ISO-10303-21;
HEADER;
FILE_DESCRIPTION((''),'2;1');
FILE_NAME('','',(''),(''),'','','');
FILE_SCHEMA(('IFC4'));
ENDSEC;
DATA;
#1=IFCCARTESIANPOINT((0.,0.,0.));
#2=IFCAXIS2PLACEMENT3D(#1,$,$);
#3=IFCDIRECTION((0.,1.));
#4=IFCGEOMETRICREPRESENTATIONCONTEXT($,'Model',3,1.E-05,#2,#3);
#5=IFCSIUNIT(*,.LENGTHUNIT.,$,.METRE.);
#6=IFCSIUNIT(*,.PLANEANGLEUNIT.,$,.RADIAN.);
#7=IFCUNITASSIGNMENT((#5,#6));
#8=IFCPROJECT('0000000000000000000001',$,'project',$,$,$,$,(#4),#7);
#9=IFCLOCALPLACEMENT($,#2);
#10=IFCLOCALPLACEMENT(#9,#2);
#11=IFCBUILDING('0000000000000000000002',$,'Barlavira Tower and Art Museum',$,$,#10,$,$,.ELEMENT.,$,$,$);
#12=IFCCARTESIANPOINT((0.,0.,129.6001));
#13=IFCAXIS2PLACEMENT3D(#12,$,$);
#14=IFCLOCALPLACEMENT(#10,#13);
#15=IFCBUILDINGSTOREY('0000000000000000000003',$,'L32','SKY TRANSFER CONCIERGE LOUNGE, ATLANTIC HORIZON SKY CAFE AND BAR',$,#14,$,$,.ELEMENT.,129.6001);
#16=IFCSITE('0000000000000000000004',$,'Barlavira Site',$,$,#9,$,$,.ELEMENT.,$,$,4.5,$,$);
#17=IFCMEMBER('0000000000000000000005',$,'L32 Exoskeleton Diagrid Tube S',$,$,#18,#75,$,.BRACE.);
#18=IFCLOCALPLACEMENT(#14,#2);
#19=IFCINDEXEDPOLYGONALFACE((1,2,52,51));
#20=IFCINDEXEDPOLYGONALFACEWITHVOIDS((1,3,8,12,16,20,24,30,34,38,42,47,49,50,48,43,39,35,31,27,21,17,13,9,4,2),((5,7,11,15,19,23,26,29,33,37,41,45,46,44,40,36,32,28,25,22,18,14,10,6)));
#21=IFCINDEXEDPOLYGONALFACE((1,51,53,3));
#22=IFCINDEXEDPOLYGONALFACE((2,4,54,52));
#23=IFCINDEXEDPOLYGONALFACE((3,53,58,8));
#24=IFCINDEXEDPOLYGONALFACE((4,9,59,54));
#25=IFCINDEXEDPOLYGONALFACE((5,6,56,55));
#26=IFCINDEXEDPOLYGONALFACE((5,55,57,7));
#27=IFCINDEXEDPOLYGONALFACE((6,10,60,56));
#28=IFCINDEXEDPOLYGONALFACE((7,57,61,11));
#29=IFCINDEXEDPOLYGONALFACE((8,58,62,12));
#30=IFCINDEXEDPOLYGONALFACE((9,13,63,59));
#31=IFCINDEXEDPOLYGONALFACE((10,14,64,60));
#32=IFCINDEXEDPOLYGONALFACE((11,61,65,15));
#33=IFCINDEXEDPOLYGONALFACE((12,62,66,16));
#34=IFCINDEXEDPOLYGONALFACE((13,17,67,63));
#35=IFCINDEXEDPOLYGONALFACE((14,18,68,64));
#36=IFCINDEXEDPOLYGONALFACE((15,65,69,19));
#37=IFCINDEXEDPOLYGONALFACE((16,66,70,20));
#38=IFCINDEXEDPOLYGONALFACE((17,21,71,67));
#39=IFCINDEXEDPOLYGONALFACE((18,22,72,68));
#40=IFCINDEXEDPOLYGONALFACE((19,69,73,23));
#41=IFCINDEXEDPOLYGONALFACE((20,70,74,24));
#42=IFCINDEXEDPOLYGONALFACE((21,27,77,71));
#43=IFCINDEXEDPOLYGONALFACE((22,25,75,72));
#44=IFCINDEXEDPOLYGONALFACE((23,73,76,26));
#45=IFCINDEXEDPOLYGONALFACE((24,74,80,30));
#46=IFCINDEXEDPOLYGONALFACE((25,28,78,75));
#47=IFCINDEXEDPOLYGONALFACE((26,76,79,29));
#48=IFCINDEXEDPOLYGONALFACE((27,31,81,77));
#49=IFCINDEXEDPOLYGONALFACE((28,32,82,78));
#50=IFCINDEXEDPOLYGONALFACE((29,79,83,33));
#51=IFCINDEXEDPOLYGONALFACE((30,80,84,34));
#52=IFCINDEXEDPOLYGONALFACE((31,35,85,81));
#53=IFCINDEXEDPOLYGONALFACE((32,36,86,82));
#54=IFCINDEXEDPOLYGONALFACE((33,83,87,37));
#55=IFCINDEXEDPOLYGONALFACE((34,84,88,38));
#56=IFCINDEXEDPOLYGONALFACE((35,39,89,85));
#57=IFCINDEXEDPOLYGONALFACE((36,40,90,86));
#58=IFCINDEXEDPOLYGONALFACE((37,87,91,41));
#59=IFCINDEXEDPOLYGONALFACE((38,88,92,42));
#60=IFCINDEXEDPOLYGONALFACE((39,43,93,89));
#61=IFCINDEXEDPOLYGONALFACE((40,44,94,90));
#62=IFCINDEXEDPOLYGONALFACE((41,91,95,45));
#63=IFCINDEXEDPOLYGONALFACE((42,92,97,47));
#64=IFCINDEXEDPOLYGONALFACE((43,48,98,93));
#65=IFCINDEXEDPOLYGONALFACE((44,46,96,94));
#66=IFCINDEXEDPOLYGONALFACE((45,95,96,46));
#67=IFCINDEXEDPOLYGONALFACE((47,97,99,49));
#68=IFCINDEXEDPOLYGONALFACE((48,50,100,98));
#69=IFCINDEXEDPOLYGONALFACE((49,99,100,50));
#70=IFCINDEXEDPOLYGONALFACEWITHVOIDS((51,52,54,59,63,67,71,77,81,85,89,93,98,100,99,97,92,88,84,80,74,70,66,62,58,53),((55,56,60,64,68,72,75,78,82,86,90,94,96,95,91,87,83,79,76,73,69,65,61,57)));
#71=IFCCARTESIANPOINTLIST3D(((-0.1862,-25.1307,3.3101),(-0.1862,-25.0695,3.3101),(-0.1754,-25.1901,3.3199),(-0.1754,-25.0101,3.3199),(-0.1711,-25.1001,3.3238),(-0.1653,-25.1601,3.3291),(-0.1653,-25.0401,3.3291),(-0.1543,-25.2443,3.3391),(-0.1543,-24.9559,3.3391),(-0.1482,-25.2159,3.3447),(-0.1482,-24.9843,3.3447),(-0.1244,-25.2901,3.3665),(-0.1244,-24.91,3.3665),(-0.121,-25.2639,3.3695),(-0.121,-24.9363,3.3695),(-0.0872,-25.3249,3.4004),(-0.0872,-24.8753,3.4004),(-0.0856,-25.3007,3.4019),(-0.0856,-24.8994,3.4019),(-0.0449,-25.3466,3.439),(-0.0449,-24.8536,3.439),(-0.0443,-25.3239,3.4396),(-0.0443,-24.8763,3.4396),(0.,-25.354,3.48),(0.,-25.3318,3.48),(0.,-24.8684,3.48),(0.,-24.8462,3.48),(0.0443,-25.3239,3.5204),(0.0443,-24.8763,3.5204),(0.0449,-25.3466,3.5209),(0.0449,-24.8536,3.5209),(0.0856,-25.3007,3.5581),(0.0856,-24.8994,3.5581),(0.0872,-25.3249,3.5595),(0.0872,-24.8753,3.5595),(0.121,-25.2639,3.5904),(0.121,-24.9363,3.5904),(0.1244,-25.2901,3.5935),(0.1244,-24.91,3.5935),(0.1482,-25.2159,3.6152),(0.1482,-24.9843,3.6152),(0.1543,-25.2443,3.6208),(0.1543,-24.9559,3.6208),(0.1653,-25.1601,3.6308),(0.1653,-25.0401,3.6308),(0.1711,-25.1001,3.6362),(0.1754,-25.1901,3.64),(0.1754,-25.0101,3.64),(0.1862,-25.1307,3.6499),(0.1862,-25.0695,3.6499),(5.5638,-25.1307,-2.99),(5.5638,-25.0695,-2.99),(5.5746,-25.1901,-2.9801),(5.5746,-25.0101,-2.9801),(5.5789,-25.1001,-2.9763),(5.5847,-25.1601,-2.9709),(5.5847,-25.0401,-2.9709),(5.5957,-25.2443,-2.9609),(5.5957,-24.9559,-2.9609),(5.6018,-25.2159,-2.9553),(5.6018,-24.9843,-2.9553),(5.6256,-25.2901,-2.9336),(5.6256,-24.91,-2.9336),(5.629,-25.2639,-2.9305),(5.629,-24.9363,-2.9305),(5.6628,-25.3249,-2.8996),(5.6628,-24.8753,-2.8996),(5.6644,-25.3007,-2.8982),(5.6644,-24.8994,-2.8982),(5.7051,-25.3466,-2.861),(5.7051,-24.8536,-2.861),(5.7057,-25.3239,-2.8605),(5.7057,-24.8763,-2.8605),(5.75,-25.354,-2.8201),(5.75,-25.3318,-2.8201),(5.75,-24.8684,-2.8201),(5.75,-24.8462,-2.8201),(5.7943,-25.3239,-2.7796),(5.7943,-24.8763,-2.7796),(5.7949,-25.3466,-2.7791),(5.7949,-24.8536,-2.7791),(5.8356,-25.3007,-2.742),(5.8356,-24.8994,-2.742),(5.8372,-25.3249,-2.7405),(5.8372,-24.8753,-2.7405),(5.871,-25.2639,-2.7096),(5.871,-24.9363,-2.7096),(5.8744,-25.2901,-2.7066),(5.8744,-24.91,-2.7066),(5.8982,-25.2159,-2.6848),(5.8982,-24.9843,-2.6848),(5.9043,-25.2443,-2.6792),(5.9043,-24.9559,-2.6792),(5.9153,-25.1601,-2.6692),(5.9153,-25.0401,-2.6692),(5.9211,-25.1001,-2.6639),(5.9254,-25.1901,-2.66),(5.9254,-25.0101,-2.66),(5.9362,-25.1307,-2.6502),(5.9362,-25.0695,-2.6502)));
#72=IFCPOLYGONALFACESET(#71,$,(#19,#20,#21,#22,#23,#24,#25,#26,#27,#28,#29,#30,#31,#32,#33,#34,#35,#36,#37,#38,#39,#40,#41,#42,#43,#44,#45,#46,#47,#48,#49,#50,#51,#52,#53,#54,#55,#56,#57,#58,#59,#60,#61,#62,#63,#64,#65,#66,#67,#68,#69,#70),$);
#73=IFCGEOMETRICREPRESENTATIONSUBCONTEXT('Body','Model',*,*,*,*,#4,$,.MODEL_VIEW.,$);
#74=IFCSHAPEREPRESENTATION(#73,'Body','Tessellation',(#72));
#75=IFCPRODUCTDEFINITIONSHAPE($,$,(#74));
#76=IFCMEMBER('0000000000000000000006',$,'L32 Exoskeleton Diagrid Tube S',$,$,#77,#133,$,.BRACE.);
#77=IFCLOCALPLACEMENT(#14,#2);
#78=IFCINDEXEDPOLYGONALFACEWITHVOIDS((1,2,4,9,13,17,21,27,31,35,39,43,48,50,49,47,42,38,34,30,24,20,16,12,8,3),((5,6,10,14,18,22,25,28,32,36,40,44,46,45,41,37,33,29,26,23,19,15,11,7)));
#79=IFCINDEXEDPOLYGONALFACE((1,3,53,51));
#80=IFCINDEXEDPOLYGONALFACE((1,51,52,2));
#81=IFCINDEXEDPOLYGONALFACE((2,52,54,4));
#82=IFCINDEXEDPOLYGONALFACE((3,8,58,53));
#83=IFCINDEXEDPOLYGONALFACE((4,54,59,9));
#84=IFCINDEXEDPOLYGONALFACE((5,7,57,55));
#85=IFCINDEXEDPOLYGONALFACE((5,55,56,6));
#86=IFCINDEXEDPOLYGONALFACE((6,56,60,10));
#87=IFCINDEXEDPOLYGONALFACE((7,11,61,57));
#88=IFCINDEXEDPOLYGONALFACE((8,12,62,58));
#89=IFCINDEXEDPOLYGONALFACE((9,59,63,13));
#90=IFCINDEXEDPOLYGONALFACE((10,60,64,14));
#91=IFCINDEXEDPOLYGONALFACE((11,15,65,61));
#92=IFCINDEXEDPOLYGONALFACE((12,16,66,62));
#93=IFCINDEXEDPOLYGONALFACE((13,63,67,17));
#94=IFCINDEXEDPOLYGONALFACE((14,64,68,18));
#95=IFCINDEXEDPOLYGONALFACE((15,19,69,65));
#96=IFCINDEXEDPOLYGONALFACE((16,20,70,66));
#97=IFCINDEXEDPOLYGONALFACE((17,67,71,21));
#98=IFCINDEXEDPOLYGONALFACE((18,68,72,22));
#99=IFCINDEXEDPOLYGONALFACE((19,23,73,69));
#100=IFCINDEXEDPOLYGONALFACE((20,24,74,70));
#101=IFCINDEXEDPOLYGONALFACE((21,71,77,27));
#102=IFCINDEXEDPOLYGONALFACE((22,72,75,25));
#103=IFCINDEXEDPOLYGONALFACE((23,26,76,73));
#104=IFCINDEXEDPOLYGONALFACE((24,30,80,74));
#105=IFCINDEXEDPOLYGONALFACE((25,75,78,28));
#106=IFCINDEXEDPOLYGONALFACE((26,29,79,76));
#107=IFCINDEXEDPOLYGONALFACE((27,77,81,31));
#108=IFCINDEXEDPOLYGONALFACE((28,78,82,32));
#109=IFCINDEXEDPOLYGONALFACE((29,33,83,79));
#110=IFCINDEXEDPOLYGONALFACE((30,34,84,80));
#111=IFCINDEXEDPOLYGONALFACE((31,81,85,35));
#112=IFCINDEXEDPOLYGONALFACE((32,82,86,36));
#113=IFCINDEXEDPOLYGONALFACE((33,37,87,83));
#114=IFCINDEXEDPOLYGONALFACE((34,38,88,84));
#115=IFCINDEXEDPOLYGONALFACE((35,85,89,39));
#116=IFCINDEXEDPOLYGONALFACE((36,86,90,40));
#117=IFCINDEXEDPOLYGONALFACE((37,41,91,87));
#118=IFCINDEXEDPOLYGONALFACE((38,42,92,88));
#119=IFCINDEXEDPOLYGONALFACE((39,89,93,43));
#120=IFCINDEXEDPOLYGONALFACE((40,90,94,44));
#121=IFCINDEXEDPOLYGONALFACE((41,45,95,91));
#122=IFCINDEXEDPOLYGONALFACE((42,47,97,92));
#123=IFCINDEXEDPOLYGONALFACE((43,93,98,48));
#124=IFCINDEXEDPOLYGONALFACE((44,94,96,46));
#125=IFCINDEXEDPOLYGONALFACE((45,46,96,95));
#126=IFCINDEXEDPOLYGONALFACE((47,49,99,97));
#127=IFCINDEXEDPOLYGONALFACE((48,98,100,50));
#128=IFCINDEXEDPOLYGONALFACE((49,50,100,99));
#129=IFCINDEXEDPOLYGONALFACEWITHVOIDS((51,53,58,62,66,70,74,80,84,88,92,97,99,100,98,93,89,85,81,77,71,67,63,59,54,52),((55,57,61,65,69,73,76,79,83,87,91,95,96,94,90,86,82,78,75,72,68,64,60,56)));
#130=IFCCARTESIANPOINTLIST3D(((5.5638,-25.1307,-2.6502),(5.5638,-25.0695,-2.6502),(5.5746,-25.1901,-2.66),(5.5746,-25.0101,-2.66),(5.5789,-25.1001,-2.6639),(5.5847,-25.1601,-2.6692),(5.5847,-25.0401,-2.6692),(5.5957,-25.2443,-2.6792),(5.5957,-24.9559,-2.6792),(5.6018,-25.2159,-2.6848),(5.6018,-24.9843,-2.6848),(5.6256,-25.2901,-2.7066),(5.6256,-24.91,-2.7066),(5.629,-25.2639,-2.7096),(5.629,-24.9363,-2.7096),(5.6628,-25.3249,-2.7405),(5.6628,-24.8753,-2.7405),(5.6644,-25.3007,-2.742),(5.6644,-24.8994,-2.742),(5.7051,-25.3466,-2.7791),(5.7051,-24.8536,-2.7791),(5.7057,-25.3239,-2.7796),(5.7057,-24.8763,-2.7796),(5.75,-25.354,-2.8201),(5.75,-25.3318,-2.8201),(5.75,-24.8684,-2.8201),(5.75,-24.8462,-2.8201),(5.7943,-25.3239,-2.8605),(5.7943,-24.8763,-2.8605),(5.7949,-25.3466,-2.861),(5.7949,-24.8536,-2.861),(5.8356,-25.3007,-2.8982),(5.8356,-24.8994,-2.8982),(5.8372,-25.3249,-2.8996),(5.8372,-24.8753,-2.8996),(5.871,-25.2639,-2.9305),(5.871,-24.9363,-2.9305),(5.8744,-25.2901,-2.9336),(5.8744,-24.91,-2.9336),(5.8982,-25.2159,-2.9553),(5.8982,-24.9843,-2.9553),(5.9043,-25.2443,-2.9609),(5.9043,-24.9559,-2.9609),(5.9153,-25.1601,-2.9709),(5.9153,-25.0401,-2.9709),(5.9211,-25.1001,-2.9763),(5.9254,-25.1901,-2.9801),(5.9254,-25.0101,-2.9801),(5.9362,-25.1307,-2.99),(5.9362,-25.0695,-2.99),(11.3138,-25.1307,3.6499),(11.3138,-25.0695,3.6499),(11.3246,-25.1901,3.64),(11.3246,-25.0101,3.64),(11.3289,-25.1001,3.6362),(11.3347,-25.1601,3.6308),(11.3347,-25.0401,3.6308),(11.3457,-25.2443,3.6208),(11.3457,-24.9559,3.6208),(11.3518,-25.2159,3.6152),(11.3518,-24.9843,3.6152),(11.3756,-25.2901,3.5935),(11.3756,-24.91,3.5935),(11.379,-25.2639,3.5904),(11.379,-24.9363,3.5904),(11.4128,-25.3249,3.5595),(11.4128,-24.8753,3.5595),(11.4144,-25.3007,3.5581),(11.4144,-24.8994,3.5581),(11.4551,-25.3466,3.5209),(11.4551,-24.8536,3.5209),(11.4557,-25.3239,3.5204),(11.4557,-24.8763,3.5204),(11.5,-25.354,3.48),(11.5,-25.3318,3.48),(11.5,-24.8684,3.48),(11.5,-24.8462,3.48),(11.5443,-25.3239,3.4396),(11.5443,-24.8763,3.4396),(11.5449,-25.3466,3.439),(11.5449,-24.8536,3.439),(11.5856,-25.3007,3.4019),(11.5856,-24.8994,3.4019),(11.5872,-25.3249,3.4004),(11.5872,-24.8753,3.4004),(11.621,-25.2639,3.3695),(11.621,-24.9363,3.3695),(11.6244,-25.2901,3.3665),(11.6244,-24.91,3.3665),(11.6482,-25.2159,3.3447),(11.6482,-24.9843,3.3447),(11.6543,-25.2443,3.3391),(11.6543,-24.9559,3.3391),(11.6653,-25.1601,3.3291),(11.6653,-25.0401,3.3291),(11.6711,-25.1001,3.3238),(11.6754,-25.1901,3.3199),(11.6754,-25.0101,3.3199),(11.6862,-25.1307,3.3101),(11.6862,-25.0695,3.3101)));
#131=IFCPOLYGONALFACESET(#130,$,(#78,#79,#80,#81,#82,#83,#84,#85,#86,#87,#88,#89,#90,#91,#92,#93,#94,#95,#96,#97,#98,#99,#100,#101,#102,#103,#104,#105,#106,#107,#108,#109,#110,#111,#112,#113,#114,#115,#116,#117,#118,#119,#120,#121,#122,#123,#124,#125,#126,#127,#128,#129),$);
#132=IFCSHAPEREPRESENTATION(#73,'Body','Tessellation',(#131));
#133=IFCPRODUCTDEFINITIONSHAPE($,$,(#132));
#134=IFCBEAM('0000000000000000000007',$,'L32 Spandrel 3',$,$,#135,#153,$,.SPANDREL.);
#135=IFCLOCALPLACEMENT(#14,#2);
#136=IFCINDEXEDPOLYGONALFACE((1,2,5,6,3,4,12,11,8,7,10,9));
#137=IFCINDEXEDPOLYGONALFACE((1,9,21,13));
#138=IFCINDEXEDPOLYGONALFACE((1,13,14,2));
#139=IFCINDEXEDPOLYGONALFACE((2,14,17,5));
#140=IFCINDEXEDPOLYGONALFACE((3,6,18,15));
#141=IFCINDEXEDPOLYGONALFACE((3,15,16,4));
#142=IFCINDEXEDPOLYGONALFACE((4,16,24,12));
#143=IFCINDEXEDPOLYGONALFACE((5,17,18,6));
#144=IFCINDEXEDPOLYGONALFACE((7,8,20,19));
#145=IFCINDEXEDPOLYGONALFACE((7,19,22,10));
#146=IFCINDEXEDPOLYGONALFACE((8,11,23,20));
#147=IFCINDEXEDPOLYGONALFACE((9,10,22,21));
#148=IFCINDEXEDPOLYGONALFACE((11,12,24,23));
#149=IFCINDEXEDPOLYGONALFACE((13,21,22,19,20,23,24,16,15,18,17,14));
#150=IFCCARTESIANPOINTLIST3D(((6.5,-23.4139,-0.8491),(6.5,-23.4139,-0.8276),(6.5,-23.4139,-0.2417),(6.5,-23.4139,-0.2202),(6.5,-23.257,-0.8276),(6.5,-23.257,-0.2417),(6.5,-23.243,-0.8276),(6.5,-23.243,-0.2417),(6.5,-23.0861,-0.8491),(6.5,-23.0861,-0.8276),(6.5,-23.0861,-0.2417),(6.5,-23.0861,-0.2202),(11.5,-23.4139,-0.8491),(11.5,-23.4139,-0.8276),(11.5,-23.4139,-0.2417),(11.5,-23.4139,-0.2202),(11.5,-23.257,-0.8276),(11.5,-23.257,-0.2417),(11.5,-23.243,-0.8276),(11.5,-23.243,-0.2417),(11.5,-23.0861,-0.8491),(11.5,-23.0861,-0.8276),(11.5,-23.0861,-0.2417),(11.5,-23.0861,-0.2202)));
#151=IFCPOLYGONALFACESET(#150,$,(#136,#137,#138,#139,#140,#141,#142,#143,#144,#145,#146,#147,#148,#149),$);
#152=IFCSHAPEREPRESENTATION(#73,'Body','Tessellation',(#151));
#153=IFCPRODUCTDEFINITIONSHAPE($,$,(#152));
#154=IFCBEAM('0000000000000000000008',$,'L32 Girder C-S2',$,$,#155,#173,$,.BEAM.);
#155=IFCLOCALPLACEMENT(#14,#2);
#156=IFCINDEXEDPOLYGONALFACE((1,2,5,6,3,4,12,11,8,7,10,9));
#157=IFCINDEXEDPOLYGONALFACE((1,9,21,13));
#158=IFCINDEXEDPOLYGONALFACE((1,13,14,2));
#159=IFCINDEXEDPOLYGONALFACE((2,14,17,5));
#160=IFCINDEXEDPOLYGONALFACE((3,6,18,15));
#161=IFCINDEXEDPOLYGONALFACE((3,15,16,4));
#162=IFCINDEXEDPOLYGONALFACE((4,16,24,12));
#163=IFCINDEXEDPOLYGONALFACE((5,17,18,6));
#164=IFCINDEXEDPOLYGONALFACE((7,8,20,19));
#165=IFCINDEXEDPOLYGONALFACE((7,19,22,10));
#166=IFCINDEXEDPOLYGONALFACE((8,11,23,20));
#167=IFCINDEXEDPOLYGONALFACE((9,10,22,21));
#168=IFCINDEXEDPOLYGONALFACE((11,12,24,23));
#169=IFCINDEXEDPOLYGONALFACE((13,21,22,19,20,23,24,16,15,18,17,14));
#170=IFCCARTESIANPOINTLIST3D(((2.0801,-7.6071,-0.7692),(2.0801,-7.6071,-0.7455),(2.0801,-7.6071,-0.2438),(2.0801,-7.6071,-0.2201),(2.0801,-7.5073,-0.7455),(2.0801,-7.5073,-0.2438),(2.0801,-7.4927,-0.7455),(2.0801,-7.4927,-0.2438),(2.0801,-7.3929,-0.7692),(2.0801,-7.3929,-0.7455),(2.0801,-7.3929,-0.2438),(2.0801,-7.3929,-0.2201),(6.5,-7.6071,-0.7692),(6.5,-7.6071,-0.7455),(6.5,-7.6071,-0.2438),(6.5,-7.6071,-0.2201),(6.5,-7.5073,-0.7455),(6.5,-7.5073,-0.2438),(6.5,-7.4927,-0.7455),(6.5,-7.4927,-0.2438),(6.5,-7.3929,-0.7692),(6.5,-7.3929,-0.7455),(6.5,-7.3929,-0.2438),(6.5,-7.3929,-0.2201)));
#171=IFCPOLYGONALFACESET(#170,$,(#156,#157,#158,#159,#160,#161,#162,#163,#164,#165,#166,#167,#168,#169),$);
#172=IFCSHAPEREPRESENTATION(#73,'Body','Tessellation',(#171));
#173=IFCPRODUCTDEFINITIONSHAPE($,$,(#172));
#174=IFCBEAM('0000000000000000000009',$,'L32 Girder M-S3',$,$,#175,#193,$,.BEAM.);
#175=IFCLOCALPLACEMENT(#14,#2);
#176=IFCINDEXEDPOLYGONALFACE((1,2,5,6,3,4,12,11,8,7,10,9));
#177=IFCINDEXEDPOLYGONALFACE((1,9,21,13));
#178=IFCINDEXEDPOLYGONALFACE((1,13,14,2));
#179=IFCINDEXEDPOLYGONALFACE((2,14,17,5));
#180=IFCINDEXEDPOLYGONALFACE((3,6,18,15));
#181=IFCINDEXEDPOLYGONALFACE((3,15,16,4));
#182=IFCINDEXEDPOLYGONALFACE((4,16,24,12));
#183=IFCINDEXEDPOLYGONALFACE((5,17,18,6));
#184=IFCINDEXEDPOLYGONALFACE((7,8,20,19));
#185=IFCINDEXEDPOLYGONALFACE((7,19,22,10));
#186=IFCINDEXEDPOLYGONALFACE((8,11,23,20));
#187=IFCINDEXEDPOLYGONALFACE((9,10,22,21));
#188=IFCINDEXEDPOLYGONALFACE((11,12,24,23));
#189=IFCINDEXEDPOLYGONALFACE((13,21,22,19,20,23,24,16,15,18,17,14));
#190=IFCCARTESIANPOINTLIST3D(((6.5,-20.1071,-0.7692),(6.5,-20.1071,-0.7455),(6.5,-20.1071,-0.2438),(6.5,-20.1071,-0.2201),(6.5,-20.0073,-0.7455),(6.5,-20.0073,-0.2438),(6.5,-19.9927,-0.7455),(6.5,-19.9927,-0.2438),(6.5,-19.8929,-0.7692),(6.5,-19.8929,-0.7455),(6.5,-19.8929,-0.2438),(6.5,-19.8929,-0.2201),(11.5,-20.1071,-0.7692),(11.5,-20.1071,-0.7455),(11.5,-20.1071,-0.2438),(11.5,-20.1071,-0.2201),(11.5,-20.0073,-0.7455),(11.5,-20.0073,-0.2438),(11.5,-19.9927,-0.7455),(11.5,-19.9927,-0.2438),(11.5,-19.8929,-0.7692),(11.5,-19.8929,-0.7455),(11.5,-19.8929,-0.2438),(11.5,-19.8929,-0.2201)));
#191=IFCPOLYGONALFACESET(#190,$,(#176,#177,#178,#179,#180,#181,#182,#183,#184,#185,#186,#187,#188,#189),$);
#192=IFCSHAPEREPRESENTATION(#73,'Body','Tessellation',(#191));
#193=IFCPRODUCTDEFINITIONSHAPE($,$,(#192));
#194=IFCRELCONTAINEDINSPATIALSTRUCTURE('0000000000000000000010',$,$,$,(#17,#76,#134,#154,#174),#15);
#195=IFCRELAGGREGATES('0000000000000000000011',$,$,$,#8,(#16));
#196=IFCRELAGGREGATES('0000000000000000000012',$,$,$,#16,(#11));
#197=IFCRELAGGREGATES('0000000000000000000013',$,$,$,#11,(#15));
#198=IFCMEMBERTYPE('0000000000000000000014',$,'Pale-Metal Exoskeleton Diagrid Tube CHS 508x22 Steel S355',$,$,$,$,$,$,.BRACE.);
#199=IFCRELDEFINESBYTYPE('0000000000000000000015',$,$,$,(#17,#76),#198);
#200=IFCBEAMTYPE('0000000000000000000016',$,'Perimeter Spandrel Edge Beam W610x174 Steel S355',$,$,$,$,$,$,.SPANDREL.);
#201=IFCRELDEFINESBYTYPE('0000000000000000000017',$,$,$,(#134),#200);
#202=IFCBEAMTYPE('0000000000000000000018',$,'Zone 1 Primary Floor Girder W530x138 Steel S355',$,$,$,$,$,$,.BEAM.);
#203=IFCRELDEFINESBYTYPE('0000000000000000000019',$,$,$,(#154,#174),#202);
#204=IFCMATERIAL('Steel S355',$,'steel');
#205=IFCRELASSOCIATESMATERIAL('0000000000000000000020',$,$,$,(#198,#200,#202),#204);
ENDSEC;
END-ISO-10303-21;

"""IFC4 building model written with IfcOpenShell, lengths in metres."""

from ifc_helpers import new_model, si_unit, direction, frame, origin, origin_2d, place, context, subcontext, project, spatial, hollow_circle, i_section, extrude, material, material_profile, profile_set, type_object, element, save


model = new_model("IFC4")

# Units and contexts
model_context = context("Model", 3, precision=1e-05, world=origin(), true_north=direction((0.0, 1.0)))
body_context = subcontext(model_context, "Body", "Model", "MODEL_VIEW")
ifc_project = project(units=[si_unit("LENGTHUNIT", "METRE"), si_unit("PLANEANGLEUNIT", "RADIAN")], contexts=[model_context])

# Site, building, storey
site_placement = place(None, origin())
site = spatial("IfcSite", under=ifc_project, at=site_placement, Name="Barlavira Site", CompositionType="ELEMENT", RefElevation=4.5)
building_placement = place(site_placement, origin())
building = spatial("IfcBuilding", under=site, at=building_placement, Name="Barlavira Tower and Art Museum", CompositionType="ELEMENT")
storey_placement = place(building_placement, frame((0.0, 0.0, 129.6001)))
storey = spatial("IfcBuildingStorey", under=building, at=storey_placement, Name="L32", Description="SKY TRANSFER CONCIERGE LOUNGE, ATLANTIC HORIZON SKY CAFE AND BAR", CompositionType="ELEMENT", Elevation=129.6001)

# Shared definitions
ifc_material_1 = material(Name="Steel S355", Category="steel")

# Members
ifc_material_profile_1 = material_profile(ifc_material_1, hollow_circle(Radius=0.2539, WallThickness=0.0222, at=origin_2d()), Name="CHS 508.0x22.2")
ifc_profile_set_1 = profile_set([ifc_material_profile_1], Name="Steel S355")
member_type_1 = type_object("IfcMemberType", Name="Pale-Metal Exoskeleton Diagrid Tube CHS 508x22 Steel S355", PredefinedType="BRACE", material=ifc_profile_set_1)
for number, where, z_axis, x_axis, name in (
    (1, (5.75, -25.1001, -2.8201), (-0.674128, 0.0, 0.738615), (0.0, -1.0, 0.0), "L32 Exoskeleton Diagrid Tube S"),
    (2, (5.75, -25.1001, -2.8201), (0.674128, 0.0, 0.738615), (0.0, 1.0, 0.0), "L32 Exoskeleton Diagrid Tube S"),
):
    element("IfcMember", number, at=place(storey_placement, frame(where, z_axis=z_axis, x_axis=x_axis)), inside=storey, type_object=member_type_1, Name=name, PredefinedType="BRACE", context=body_context, shape_type="SweptSolid", body=[
        extrude(hollow_circle(Radius=0.2539, WallThickness=0.0222, at=origin_2d()), origin(), (0.0, 0.0, 1.0), 8.5295),
    ])

# Beams
ifc_material_profile_2 = material_profile(ifc_material_1, i_section(OverallWidth=0.3279, OverallDepth=0.6289, WebThickness=0.0139, FlangeThickness=0.0215, at=origin_2d()), Name="W610x174.0")
ifc_profile_set_2 = profile_set([ifc_material_profile_2], Name="Steel S355")
beam_type_1 = type_object("IfcBeamType", Name="Perimeter Spandrel Edge Beam W610x174 Steel S355", PredefinedType="SPANDREL", material=ifc_profile_set_2)
beam_1_placement = place(storey_placement, frame((6.5, -23.25, -0.5347), z_axis=(1.0, 0.0, 0.0), x_axis=(0.0, 1.0, 0.0)))
element("IfcBeam", 3, at=beam_1_placement, inside=storey, type_object=beam_type_1, Name="L32 Spandrel 3", PredefinedType="SPANDREL", context=body_context, shape_type="SweptSolid", body=[
    extrude(i_section(OverallWidth=0.3279, OverallDepth=0.6289, WebThickness=0.0139, FlangeThickness=0.0215, at=origin_2d()), origin(), (0.0, 0.0, 1.0), 5.0),
])
ifc_material_profile_3 = material_profile(ifc_material_1, i_section(OverallWidth=0.2141, OverallDepth=0.5491, WebThickness=0.0146, FlangeThickness=0.0237, at=origin_2d()), Name="W530x138.0")
ifc_profile_set_3 = profile_set([ifc_material_profile_3], Name="Steel S355")
beam_type_2 = type_object("IfcBeamType", Name="Zone 1 Primary Floor Girder W530x138 Steel S355", PredefinedType="BEAM", material=ifc_profile_set_3)
beam_2_placement = place(storey_placement, frame((2.0801, -7.5, -0.4946), z_axis=(1.0, 0.0, 0.0), x_axis=(0.0, 1.0, 0.0)))
element("IfcBeam", 4, at=beam_2_placement, inside=storey, type_object=beam_type_2, Name="L32 Girder C-S2", PredefinedType="BEAM", context=body_context, shape_type="SweptSolid", body=[
    extrude(i_section(OverallWidth=0.2141, OverallDepth=0.5491, WebThickness=0.0146, FlangeThickness=0.0237, at=origin_2d()), origin(), (0.0, 0.0, 1.0), 4.4199),
])
beam_3_placement = place(storey_placement, frame((6.5, -20.0, -0.4946), z_axis=(1.0, 0.0, 0.0), x_axis=(0.0, 1.0, 0.0)))
element("IfcBeam", 5, at=beam_3_placement, inside=storey, type_object=beam_type_2, Name="L32 Girder M-S3", PredefinedType="BEAM", context=body_context, shape_type="SweptSolid", body=[
    extrude(i_section(OverallWidth=0.2141, OverallDepth=0.5491, WebThickness=0.0146, FlangeThickness=0.0237, at=origin_2d()), origin(), (0.0, 0.0, 1.0), 5.0),
])

save(model, "model.ifc")
